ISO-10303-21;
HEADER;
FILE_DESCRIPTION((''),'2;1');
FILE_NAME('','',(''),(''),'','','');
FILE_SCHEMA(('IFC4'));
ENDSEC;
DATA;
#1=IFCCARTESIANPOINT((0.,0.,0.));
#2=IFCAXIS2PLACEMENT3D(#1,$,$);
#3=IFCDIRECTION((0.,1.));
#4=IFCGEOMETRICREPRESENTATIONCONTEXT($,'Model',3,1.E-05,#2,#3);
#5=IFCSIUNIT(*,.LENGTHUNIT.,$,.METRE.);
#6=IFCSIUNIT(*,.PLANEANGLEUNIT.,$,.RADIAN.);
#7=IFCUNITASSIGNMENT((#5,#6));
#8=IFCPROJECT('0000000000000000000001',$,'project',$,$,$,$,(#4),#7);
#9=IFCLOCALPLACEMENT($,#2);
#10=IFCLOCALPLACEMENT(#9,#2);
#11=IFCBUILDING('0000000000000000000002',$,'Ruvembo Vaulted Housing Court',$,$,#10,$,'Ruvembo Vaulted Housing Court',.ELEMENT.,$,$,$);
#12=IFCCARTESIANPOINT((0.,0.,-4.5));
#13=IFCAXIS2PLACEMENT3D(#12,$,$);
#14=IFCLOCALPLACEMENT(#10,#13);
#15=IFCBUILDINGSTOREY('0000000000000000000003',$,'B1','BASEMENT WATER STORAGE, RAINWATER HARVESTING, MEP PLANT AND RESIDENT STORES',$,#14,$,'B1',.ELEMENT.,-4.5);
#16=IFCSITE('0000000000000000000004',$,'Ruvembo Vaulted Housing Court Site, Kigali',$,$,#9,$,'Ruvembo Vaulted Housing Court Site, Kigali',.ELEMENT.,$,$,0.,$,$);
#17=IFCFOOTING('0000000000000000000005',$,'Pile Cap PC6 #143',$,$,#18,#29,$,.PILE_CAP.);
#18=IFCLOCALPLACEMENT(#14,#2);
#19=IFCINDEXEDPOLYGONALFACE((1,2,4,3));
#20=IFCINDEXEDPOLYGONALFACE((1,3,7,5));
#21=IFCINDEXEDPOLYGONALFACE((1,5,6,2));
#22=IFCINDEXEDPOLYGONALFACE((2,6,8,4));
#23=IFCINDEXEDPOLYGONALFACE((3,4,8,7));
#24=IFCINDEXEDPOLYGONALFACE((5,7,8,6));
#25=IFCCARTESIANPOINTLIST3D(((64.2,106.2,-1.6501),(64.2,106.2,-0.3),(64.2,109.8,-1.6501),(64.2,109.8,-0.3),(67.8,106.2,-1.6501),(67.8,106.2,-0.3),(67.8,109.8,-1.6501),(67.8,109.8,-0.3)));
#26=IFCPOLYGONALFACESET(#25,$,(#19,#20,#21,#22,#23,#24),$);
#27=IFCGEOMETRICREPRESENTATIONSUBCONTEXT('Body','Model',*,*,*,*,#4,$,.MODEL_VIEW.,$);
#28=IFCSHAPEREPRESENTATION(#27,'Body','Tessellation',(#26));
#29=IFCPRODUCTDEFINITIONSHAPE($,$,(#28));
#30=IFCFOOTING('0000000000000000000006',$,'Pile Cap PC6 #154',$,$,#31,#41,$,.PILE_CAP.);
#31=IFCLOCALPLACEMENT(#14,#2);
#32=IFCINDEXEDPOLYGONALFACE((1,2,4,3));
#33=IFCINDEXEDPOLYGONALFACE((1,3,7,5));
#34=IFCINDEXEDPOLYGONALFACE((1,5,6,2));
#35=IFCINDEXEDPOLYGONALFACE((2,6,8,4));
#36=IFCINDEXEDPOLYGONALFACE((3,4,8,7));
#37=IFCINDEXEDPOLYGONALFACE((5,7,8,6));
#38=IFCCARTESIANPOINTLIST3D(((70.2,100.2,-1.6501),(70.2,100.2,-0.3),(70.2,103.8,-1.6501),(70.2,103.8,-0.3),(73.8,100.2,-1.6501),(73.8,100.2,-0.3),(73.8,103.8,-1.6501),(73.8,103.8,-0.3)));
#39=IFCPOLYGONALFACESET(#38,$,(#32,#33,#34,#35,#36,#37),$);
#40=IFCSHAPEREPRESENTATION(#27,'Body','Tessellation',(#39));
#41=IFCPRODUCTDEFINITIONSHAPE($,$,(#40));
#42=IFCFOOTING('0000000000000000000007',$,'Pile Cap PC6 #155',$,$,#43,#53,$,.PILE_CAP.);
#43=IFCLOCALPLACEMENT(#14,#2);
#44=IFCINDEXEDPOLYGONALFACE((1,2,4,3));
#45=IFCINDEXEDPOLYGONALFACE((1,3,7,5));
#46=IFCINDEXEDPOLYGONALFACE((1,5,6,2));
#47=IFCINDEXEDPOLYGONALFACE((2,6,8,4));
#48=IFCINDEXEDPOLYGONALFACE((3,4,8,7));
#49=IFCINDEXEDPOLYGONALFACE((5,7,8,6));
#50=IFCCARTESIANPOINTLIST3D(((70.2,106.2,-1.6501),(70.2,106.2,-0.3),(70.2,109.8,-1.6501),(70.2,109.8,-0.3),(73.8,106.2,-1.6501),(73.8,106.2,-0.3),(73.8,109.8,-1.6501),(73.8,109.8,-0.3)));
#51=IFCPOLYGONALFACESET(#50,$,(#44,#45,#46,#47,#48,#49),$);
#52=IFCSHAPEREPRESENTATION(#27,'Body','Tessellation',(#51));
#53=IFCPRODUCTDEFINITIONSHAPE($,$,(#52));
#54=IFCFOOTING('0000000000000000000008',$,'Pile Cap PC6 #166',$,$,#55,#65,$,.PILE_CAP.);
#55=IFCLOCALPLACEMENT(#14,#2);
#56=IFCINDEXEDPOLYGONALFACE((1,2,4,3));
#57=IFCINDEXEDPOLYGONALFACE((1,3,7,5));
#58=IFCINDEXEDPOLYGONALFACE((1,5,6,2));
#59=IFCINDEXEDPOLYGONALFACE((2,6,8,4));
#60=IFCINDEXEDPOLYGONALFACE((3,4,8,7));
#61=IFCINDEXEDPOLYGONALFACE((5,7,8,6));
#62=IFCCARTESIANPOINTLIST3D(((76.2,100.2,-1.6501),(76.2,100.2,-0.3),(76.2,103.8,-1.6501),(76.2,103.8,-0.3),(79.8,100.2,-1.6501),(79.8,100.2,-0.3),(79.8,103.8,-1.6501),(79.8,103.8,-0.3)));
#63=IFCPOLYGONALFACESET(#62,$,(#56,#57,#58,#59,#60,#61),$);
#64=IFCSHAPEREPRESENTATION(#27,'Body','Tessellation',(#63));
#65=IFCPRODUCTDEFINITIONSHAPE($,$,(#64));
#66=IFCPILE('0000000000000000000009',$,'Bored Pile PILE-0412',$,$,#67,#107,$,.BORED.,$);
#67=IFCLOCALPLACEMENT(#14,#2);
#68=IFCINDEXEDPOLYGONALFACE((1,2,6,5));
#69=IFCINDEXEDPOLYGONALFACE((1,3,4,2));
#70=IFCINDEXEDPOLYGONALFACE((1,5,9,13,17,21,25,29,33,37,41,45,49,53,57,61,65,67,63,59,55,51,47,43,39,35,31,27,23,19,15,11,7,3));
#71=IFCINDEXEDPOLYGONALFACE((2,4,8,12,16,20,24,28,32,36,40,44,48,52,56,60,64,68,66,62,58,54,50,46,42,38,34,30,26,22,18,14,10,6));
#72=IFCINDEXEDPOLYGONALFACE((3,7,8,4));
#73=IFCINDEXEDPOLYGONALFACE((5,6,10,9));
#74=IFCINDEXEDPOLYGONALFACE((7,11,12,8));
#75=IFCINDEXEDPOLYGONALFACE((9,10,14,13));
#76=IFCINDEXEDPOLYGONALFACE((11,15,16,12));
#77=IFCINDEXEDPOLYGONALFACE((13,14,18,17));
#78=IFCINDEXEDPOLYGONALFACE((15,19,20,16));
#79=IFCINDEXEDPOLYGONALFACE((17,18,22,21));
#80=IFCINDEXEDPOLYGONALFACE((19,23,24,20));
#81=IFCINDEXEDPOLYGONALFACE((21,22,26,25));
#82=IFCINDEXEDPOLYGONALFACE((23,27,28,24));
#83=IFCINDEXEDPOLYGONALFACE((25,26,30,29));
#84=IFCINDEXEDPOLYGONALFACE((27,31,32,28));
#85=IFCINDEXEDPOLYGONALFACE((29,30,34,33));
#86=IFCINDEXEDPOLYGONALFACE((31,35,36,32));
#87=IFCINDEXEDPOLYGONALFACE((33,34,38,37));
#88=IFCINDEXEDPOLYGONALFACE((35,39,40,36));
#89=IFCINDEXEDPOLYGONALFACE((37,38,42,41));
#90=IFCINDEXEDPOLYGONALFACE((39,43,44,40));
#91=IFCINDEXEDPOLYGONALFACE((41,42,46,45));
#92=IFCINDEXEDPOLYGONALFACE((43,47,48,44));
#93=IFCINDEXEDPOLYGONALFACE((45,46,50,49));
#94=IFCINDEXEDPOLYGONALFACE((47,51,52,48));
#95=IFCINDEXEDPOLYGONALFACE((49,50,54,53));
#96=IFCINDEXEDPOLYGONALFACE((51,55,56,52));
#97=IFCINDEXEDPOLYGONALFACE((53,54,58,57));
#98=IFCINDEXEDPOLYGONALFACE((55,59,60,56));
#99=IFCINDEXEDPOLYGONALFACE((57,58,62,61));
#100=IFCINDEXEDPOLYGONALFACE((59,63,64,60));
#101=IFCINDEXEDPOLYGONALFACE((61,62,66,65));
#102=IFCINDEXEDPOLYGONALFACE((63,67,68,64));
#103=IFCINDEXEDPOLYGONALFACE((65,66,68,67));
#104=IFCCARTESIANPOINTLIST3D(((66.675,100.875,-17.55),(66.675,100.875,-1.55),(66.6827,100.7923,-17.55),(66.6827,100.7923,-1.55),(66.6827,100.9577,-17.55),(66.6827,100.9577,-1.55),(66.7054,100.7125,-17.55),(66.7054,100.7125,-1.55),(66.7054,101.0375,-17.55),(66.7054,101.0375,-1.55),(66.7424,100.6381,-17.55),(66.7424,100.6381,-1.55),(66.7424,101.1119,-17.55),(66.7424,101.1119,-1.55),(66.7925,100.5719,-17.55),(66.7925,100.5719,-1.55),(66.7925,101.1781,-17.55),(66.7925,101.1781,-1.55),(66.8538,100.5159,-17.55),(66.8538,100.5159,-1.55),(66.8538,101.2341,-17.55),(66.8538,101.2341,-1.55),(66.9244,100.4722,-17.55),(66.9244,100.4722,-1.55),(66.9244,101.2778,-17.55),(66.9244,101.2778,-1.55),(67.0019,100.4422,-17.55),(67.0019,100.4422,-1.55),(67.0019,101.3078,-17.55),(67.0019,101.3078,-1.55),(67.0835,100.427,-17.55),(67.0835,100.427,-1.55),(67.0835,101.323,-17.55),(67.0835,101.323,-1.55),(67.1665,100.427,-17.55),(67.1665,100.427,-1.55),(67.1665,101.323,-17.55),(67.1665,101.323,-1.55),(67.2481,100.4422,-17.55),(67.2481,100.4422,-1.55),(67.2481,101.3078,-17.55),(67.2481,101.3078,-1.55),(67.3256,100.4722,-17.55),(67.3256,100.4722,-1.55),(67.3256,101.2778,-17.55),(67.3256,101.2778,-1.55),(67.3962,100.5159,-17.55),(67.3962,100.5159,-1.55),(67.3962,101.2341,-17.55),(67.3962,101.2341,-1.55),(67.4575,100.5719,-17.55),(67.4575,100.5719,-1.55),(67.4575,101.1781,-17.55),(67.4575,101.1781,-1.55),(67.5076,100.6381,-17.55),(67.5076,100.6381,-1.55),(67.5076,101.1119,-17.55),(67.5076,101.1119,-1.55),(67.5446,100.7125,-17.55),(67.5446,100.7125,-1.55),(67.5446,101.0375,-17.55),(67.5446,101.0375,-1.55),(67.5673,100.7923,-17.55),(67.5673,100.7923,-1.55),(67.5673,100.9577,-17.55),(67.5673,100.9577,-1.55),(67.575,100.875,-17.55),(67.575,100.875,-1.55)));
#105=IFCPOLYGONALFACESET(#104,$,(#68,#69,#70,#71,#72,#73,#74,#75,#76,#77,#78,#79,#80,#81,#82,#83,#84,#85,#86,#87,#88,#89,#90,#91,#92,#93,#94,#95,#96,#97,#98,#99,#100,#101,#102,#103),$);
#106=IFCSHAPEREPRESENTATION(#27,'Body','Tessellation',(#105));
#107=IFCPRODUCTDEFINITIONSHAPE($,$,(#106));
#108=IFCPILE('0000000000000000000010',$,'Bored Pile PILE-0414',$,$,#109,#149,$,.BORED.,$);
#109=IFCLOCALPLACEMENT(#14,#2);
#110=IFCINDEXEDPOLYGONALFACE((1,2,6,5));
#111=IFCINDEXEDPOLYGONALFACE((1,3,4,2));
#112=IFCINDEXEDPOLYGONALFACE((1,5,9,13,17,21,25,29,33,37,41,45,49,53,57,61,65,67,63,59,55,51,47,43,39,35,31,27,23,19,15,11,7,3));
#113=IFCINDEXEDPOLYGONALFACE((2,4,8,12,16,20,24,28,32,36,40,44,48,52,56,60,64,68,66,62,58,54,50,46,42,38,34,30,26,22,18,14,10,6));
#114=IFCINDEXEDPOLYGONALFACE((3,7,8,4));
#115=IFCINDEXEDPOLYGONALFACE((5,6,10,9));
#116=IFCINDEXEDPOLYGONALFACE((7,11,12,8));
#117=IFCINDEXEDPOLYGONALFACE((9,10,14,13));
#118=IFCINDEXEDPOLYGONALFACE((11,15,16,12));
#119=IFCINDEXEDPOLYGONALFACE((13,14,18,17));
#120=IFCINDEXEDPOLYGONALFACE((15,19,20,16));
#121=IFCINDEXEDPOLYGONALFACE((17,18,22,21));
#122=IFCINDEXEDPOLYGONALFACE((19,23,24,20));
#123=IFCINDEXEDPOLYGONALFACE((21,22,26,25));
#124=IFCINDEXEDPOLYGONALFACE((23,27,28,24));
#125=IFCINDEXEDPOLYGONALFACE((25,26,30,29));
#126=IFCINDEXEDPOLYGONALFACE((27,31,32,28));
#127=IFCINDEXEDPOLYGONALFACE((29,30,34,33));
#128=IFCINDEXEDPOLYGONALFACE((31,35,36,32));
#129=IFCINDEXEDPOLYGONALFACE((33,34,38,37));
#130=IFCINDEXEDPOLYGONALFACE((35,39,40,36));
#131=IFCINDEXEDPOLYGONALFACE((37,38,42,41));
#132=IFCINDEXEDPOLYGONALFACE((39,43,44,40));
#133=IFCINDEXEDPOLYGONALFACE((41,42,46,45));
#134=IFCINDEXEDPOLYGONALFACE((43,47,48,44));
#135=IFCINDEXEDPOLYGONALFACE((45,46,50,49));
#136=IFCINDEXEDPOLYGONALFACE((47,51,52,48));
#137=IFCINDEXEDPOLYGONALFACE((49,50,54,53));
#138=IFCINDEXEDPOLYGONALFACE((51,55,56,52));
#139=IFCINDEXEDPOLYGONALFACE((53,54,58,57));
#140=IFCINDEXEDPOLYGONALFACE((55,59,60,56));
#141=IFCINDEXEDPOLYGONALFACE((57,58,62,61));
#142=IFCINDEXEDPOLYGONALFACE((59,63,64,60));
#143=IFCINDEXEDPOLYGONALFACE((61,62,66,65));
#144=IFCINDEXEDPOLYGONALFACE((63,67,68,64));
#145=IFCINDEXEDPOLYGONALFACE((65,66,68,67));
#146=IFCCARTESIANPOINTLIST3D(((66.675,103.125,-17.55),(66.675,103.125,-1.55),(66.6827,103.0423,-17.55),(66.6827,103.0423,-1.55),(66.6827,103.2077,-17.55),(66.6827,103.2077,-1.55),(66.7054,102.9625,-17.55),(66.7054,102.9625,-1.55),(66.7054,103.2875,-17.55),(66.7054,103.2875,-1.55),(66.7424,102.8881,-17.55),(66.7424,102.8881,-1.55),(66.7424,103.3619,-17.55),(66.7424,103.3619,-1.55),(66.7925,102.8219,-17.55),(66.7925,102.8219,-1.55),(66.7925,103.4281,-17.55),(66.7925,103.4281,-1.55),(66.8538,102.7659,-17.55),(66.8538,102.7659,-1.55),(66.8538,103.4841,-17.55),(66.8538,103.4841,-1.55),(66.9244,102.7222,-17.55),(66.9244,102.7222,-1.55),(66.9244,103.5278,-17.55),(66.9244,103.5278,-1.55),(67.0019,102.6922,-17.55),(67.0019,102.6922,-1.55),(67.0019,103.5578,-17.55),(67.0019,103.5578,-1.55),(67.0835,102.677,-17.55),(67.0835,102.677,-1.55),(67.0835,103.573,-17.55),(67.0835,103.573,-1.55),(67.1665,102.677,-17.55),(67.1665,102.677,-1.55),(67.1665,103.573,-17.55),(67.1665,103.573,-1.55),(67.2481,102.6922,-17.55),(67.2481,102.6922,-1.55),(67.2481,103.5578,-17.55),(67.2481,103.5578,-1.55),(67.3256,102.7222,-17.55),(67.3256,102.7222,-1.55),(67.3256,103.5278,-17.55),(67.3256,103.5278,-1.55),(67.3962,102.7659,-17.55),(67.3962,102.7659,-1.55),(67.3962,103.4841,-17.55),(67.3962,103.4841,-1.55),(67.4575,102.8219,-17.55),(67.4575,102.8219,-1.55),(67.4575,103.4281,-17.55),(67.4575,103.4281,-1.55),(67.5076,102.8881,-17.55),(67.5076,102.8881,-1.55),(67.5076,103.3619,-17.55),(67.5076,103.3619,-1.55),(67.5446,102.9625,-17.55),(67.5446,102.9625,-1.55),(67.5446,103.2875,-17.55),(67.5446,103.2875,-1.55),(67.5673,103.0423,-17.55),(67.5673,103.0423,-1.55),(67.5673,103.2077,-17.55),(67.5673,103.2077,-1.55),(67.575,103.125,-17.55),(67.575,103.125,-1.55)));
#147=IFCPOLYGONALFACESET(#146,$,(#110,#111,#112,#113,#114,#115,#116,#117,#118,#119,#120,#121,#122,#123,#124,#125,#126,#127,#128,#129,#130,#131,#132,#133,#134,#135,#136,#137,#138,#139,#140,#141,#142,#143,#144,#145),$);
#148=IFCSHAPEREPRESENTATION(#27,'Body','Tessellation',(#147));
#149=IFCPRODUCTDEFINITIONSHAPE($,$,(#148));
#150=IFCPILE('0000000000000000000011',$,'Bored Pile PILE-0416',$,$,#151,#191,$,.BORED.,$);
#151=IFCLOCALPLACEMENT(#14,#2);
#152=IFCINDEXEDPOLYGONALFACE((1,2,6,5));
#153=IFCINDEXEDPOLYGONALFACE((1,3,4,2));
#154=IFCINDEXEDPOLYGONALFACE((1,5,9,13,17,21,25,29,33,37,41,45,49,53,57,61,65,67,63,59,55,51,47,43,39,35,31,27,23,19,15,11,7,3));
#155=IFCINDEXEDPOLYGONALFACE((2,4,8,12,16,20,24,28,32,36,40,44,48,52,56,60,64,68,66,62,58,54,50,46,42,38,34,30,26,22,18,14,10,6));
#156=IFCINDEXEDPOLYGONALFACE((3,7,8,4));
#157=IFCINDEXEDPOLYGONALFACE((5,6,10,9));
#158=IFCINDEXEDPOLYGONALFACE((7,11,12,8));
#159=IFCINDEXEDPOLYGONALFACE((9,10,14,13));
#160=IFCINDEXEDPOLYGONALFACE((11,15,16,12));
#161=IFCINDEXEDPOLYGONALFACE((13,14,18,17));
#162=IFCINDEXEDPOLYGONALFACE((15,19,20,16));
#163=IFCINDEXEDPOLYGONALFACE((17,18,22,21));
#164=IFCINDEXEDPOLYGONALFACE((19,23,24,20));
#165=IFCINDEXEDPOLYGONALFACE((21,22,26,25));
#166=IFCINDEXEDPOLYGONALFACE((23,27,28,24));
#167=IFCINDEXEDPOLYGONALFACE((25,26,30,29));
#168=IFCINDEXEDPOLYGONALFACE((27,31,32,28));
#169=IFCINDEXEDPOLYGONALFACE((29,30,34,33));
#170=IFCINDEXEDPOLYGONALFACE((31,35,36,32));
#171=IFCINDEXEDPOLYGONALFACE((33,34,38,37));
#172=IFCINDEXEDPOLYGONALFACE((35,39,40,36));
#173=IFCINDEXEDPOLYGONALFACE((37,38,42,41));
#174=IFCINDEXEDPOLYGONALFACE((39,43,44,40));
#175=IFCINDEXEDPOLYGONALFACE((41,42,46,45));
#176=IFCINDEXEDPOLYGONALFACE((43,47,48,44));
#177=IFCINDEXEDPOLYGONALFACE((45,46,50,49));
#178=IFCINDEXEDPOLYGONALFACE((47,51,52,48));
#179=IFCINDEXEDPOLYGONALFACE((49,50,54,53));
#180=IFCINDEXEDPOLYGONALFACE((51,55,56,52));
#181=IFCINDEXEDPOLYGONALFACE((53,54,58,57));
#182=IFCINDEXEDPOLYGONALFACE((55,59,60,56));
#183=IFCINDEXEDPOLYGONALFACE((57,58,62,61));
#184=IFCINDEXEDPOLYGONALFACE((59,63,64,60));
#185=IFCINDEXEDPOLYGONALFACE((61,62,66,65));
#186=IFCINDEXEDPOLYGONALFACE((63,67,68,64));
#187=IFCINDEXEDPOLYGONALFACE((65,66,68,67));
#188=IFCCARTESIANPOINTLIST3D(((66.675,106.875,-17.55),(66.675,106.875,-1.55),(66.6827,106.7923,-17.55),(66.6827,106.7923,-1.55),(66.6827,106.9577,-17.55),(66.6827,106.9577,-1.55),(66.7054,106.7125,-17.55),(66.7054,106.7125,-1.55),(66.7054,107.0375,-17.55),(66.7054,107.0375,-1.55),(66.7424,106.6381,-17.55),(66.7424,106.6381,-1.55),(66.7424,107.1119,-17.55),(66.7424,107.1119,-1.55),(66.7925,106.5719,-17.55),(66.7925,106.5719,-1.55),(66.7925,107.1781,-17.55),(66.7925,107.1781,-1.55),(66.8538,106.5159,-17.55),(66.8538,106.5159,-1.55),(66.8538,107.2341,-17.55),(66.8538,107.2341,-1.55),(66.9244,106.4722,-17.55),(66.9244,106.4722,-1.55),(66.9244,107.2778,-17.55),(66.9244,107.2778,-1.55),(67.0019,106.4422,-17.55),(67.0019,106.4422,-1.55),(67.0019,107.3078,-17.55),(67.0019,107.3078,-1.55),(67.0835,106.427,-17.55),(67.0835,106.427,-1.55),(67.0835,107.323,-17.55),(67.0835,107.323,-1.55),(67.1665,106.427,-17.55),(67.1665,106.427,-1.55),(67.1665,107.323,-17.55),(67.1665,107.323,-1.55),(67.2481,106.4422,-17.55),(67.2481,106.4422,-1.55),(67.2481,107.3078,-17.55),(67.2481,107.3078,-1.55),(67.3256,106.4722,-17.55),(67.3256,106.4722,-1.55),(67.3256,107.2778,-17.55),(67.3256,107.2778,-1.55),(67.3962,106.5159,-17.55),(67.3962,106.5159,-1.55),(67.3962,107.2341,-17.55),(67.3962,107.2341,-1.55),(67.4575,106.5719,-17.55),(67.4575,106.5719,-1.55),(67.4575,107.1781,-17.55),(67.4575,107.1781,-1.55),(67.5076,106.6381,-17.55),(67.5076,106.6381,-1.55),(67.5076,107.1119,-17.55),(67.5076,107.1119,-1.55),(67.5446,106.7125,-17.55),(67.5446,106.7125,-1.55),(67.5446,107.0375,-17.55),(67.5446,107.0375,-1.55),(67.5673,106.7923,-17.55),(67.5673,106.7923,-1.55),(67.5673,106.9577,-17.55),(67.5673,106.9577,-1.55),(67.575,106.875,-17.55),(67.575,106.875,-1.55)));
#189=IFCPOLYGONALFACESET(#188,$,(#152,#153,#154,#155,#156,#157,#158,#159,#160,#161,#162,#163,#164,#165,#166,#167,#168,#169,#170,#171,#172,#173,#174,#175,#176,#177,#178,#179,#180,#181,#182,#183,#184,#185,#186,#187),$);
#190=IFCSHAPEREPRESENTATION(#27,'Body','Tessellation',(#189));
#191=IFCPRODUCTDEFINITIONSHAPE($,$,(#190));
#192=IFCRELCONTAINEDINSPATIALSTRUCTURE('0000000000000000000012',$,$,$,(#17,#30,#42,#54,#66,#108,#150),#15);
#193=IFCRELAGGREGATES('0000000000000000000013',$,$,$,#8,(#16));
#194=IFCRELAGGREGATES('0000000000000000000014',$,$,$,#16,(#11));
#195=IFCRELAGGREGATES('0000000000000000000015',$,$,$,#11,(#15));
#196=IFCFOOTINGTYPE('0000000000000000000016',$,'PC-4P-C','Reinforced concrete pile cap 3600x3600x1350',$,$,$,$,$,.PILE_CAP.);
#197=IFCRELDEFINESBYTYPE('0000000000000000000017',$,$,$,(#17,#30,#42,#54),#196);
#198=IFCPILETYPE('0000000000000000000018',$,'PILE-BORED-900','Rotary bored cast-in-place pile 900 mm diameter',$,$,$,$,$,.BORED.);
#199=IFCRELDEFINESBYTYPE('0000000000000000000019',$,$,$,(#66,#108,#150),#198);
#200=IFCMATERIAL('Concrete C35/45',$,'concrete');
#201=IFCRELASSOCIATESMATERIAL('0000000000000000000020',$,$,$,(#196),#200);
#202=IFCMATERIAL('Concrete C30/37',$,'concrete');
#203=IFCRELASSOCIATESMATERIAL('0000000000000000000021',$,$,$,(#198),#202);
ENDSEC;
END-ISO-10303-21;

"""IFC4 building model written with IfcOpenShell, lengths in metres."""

from ifc_helpers import new_model, si_unit, direction, frame, origin, origin_2d, place, context, subcontext, project, spatial, rectangle, circle, extrude, material, material_profile, profile_set, type_object, element, save


model = new_model("IFC4")

# Units and contexts
model_context = context("Model", 3, precision=1e-05, world=origin(), true_north=direction((0.0, 1.0)))
body_context = subcontext(model_context, "Body", "Model", "MODEL_VIEW")
ifc_project = project(units=[si_unit("LENGTHUNIT", "METRE"), si_unit("PLANEANGLEUNIT", "RADIAN")], contexts=[model_context])

# Site, building, storey
site_placement = place(None, origin())
site = spatial("IfcSite", under=ifc_project, at=site_placement, Name="Ruvembo Vaulted Housing Court Site, Kigali", LongName="Ruvembo Vaulted Housing Court Site, Kigali", CompositionType="ELEMENT", RefElevation=0.0)
building_placement = place(site_placement, origin())
building = spatial("IfcBuilding", under=site, at=building_placement, Name="Ruvembo Vaulted Housing Court", LongName="Ruvembo Vaulted Housing Court", CompositionType="ELEMENT")
storey_placement = place(building_placement, frame((0.0, 0.0, -4.5)))
storey = spatial("IfcBuildingStorey", under=building, at=storey_placement, Name="B1", Description="BASEMENT WATER STORAGE, RAINWATER HARVESTING, MEP PLANT AND RESIDENT STORES", LongName="B1", CompositionType="ELEMENT", Elevation=-4.5)

# Footings
ifc_material_1 = material(Name="Concrete C35/45", Category="concrete")
footing_type = type_object("IfcFootingType", Name="PC-4P-C", Description="Reinforced concrete pile cap 3600x3600x1350", PredefinedType="PILE_CAP", material=ifc_material_1)
for number, where, z_axis, x_axis, name in (
    (1, (66.0, 108.0, -1.6501), (0.0, 0.0, 1.0), (1.0, 0.0, 0.0), "Pile Cap PC6 #143"),
    (2, (72.0, 102.0, -1.6501), (0.0, 0.0, 1.0), (1.0, 0.0, 0.0), "Pile Cap PC6 #154"),
    (3, (72.0, 108.0, -1.6501), (0.0, 0.0, 1.0), (1.0, 0.0, 0.0), "Pile Cap PC6 #155"),
    (4, (78.0, 102.0, -1.6501), (0.0, 0.0, 1.0), (1.0, 0.0, 0.0), "Pile Cap PC6 #166"),
):
    element("IfcFooting", number, at=place(storey_placement, frame(where, z_axis=z_axis, x_axis=x_axis)), inside=storey, type_object=footing_type, Name=name, PredefinedType="PILE_CAP", context=body_context, shape_type="SweptSolid", body=[
        extrude(rectangle(XDim=3.6001, YDim=3.6001, at=origin_2d()), origin(), (0.0, 0.0, 1.0), 1.3501),
    ])

# Piles
ifc_material_2 = material(Name="Concrete C30/37", Category="concrete")
ifc_material_profile_1 = material_profile(ifc_material_2, circle(Radius=0.45, at=origin_2d()), Name="PILE D900")
ifc_profile_set_1 = profile_set([ifc_material_profile_1], Name="Concrete C30/37")
pile_type = type_object("IfcPileType", Name="PILE-BORED-900", Description="Rotary bored cast-in-place pile 900 mm diameter", PredefinedType="BORED", material=ifc_profile_set_1)
for number, where, z_axis, x_axis, name in (
    (5, (67.125, 100.875, -1.55), (0.0, 0.0, -1.0), (1.0, 0.0, 0.0), "Bored Pile PILE-0412"),
    (6, (67.125, 103.125, -1.55), (0.0, 0.0, -1.0), (1.0, 0.0, 0.0), "Bored Pile PILE-0414"),
    (7, (67.125, 106.875, -1.55), (0.0, 0.0, -1.0), (1.0, 0.0, 0.0), "Bored Pile PILE-0416"),
):
    element("IfcPile", number, at=place(storey_placement, frame(where, z_axis=z_axis, x_axis=x_axis)), inside=storey, type_object=pile_type, Name=name, PredefinedType="BORED", context=body_context, shape_type="SweptSolid", body=[
        extrude(circle(Radius=0.45, at=origin_2d()), origin(), (0.0, 0.0, 1.0), 16.0),
    ])

save(model, "model.ifc")
